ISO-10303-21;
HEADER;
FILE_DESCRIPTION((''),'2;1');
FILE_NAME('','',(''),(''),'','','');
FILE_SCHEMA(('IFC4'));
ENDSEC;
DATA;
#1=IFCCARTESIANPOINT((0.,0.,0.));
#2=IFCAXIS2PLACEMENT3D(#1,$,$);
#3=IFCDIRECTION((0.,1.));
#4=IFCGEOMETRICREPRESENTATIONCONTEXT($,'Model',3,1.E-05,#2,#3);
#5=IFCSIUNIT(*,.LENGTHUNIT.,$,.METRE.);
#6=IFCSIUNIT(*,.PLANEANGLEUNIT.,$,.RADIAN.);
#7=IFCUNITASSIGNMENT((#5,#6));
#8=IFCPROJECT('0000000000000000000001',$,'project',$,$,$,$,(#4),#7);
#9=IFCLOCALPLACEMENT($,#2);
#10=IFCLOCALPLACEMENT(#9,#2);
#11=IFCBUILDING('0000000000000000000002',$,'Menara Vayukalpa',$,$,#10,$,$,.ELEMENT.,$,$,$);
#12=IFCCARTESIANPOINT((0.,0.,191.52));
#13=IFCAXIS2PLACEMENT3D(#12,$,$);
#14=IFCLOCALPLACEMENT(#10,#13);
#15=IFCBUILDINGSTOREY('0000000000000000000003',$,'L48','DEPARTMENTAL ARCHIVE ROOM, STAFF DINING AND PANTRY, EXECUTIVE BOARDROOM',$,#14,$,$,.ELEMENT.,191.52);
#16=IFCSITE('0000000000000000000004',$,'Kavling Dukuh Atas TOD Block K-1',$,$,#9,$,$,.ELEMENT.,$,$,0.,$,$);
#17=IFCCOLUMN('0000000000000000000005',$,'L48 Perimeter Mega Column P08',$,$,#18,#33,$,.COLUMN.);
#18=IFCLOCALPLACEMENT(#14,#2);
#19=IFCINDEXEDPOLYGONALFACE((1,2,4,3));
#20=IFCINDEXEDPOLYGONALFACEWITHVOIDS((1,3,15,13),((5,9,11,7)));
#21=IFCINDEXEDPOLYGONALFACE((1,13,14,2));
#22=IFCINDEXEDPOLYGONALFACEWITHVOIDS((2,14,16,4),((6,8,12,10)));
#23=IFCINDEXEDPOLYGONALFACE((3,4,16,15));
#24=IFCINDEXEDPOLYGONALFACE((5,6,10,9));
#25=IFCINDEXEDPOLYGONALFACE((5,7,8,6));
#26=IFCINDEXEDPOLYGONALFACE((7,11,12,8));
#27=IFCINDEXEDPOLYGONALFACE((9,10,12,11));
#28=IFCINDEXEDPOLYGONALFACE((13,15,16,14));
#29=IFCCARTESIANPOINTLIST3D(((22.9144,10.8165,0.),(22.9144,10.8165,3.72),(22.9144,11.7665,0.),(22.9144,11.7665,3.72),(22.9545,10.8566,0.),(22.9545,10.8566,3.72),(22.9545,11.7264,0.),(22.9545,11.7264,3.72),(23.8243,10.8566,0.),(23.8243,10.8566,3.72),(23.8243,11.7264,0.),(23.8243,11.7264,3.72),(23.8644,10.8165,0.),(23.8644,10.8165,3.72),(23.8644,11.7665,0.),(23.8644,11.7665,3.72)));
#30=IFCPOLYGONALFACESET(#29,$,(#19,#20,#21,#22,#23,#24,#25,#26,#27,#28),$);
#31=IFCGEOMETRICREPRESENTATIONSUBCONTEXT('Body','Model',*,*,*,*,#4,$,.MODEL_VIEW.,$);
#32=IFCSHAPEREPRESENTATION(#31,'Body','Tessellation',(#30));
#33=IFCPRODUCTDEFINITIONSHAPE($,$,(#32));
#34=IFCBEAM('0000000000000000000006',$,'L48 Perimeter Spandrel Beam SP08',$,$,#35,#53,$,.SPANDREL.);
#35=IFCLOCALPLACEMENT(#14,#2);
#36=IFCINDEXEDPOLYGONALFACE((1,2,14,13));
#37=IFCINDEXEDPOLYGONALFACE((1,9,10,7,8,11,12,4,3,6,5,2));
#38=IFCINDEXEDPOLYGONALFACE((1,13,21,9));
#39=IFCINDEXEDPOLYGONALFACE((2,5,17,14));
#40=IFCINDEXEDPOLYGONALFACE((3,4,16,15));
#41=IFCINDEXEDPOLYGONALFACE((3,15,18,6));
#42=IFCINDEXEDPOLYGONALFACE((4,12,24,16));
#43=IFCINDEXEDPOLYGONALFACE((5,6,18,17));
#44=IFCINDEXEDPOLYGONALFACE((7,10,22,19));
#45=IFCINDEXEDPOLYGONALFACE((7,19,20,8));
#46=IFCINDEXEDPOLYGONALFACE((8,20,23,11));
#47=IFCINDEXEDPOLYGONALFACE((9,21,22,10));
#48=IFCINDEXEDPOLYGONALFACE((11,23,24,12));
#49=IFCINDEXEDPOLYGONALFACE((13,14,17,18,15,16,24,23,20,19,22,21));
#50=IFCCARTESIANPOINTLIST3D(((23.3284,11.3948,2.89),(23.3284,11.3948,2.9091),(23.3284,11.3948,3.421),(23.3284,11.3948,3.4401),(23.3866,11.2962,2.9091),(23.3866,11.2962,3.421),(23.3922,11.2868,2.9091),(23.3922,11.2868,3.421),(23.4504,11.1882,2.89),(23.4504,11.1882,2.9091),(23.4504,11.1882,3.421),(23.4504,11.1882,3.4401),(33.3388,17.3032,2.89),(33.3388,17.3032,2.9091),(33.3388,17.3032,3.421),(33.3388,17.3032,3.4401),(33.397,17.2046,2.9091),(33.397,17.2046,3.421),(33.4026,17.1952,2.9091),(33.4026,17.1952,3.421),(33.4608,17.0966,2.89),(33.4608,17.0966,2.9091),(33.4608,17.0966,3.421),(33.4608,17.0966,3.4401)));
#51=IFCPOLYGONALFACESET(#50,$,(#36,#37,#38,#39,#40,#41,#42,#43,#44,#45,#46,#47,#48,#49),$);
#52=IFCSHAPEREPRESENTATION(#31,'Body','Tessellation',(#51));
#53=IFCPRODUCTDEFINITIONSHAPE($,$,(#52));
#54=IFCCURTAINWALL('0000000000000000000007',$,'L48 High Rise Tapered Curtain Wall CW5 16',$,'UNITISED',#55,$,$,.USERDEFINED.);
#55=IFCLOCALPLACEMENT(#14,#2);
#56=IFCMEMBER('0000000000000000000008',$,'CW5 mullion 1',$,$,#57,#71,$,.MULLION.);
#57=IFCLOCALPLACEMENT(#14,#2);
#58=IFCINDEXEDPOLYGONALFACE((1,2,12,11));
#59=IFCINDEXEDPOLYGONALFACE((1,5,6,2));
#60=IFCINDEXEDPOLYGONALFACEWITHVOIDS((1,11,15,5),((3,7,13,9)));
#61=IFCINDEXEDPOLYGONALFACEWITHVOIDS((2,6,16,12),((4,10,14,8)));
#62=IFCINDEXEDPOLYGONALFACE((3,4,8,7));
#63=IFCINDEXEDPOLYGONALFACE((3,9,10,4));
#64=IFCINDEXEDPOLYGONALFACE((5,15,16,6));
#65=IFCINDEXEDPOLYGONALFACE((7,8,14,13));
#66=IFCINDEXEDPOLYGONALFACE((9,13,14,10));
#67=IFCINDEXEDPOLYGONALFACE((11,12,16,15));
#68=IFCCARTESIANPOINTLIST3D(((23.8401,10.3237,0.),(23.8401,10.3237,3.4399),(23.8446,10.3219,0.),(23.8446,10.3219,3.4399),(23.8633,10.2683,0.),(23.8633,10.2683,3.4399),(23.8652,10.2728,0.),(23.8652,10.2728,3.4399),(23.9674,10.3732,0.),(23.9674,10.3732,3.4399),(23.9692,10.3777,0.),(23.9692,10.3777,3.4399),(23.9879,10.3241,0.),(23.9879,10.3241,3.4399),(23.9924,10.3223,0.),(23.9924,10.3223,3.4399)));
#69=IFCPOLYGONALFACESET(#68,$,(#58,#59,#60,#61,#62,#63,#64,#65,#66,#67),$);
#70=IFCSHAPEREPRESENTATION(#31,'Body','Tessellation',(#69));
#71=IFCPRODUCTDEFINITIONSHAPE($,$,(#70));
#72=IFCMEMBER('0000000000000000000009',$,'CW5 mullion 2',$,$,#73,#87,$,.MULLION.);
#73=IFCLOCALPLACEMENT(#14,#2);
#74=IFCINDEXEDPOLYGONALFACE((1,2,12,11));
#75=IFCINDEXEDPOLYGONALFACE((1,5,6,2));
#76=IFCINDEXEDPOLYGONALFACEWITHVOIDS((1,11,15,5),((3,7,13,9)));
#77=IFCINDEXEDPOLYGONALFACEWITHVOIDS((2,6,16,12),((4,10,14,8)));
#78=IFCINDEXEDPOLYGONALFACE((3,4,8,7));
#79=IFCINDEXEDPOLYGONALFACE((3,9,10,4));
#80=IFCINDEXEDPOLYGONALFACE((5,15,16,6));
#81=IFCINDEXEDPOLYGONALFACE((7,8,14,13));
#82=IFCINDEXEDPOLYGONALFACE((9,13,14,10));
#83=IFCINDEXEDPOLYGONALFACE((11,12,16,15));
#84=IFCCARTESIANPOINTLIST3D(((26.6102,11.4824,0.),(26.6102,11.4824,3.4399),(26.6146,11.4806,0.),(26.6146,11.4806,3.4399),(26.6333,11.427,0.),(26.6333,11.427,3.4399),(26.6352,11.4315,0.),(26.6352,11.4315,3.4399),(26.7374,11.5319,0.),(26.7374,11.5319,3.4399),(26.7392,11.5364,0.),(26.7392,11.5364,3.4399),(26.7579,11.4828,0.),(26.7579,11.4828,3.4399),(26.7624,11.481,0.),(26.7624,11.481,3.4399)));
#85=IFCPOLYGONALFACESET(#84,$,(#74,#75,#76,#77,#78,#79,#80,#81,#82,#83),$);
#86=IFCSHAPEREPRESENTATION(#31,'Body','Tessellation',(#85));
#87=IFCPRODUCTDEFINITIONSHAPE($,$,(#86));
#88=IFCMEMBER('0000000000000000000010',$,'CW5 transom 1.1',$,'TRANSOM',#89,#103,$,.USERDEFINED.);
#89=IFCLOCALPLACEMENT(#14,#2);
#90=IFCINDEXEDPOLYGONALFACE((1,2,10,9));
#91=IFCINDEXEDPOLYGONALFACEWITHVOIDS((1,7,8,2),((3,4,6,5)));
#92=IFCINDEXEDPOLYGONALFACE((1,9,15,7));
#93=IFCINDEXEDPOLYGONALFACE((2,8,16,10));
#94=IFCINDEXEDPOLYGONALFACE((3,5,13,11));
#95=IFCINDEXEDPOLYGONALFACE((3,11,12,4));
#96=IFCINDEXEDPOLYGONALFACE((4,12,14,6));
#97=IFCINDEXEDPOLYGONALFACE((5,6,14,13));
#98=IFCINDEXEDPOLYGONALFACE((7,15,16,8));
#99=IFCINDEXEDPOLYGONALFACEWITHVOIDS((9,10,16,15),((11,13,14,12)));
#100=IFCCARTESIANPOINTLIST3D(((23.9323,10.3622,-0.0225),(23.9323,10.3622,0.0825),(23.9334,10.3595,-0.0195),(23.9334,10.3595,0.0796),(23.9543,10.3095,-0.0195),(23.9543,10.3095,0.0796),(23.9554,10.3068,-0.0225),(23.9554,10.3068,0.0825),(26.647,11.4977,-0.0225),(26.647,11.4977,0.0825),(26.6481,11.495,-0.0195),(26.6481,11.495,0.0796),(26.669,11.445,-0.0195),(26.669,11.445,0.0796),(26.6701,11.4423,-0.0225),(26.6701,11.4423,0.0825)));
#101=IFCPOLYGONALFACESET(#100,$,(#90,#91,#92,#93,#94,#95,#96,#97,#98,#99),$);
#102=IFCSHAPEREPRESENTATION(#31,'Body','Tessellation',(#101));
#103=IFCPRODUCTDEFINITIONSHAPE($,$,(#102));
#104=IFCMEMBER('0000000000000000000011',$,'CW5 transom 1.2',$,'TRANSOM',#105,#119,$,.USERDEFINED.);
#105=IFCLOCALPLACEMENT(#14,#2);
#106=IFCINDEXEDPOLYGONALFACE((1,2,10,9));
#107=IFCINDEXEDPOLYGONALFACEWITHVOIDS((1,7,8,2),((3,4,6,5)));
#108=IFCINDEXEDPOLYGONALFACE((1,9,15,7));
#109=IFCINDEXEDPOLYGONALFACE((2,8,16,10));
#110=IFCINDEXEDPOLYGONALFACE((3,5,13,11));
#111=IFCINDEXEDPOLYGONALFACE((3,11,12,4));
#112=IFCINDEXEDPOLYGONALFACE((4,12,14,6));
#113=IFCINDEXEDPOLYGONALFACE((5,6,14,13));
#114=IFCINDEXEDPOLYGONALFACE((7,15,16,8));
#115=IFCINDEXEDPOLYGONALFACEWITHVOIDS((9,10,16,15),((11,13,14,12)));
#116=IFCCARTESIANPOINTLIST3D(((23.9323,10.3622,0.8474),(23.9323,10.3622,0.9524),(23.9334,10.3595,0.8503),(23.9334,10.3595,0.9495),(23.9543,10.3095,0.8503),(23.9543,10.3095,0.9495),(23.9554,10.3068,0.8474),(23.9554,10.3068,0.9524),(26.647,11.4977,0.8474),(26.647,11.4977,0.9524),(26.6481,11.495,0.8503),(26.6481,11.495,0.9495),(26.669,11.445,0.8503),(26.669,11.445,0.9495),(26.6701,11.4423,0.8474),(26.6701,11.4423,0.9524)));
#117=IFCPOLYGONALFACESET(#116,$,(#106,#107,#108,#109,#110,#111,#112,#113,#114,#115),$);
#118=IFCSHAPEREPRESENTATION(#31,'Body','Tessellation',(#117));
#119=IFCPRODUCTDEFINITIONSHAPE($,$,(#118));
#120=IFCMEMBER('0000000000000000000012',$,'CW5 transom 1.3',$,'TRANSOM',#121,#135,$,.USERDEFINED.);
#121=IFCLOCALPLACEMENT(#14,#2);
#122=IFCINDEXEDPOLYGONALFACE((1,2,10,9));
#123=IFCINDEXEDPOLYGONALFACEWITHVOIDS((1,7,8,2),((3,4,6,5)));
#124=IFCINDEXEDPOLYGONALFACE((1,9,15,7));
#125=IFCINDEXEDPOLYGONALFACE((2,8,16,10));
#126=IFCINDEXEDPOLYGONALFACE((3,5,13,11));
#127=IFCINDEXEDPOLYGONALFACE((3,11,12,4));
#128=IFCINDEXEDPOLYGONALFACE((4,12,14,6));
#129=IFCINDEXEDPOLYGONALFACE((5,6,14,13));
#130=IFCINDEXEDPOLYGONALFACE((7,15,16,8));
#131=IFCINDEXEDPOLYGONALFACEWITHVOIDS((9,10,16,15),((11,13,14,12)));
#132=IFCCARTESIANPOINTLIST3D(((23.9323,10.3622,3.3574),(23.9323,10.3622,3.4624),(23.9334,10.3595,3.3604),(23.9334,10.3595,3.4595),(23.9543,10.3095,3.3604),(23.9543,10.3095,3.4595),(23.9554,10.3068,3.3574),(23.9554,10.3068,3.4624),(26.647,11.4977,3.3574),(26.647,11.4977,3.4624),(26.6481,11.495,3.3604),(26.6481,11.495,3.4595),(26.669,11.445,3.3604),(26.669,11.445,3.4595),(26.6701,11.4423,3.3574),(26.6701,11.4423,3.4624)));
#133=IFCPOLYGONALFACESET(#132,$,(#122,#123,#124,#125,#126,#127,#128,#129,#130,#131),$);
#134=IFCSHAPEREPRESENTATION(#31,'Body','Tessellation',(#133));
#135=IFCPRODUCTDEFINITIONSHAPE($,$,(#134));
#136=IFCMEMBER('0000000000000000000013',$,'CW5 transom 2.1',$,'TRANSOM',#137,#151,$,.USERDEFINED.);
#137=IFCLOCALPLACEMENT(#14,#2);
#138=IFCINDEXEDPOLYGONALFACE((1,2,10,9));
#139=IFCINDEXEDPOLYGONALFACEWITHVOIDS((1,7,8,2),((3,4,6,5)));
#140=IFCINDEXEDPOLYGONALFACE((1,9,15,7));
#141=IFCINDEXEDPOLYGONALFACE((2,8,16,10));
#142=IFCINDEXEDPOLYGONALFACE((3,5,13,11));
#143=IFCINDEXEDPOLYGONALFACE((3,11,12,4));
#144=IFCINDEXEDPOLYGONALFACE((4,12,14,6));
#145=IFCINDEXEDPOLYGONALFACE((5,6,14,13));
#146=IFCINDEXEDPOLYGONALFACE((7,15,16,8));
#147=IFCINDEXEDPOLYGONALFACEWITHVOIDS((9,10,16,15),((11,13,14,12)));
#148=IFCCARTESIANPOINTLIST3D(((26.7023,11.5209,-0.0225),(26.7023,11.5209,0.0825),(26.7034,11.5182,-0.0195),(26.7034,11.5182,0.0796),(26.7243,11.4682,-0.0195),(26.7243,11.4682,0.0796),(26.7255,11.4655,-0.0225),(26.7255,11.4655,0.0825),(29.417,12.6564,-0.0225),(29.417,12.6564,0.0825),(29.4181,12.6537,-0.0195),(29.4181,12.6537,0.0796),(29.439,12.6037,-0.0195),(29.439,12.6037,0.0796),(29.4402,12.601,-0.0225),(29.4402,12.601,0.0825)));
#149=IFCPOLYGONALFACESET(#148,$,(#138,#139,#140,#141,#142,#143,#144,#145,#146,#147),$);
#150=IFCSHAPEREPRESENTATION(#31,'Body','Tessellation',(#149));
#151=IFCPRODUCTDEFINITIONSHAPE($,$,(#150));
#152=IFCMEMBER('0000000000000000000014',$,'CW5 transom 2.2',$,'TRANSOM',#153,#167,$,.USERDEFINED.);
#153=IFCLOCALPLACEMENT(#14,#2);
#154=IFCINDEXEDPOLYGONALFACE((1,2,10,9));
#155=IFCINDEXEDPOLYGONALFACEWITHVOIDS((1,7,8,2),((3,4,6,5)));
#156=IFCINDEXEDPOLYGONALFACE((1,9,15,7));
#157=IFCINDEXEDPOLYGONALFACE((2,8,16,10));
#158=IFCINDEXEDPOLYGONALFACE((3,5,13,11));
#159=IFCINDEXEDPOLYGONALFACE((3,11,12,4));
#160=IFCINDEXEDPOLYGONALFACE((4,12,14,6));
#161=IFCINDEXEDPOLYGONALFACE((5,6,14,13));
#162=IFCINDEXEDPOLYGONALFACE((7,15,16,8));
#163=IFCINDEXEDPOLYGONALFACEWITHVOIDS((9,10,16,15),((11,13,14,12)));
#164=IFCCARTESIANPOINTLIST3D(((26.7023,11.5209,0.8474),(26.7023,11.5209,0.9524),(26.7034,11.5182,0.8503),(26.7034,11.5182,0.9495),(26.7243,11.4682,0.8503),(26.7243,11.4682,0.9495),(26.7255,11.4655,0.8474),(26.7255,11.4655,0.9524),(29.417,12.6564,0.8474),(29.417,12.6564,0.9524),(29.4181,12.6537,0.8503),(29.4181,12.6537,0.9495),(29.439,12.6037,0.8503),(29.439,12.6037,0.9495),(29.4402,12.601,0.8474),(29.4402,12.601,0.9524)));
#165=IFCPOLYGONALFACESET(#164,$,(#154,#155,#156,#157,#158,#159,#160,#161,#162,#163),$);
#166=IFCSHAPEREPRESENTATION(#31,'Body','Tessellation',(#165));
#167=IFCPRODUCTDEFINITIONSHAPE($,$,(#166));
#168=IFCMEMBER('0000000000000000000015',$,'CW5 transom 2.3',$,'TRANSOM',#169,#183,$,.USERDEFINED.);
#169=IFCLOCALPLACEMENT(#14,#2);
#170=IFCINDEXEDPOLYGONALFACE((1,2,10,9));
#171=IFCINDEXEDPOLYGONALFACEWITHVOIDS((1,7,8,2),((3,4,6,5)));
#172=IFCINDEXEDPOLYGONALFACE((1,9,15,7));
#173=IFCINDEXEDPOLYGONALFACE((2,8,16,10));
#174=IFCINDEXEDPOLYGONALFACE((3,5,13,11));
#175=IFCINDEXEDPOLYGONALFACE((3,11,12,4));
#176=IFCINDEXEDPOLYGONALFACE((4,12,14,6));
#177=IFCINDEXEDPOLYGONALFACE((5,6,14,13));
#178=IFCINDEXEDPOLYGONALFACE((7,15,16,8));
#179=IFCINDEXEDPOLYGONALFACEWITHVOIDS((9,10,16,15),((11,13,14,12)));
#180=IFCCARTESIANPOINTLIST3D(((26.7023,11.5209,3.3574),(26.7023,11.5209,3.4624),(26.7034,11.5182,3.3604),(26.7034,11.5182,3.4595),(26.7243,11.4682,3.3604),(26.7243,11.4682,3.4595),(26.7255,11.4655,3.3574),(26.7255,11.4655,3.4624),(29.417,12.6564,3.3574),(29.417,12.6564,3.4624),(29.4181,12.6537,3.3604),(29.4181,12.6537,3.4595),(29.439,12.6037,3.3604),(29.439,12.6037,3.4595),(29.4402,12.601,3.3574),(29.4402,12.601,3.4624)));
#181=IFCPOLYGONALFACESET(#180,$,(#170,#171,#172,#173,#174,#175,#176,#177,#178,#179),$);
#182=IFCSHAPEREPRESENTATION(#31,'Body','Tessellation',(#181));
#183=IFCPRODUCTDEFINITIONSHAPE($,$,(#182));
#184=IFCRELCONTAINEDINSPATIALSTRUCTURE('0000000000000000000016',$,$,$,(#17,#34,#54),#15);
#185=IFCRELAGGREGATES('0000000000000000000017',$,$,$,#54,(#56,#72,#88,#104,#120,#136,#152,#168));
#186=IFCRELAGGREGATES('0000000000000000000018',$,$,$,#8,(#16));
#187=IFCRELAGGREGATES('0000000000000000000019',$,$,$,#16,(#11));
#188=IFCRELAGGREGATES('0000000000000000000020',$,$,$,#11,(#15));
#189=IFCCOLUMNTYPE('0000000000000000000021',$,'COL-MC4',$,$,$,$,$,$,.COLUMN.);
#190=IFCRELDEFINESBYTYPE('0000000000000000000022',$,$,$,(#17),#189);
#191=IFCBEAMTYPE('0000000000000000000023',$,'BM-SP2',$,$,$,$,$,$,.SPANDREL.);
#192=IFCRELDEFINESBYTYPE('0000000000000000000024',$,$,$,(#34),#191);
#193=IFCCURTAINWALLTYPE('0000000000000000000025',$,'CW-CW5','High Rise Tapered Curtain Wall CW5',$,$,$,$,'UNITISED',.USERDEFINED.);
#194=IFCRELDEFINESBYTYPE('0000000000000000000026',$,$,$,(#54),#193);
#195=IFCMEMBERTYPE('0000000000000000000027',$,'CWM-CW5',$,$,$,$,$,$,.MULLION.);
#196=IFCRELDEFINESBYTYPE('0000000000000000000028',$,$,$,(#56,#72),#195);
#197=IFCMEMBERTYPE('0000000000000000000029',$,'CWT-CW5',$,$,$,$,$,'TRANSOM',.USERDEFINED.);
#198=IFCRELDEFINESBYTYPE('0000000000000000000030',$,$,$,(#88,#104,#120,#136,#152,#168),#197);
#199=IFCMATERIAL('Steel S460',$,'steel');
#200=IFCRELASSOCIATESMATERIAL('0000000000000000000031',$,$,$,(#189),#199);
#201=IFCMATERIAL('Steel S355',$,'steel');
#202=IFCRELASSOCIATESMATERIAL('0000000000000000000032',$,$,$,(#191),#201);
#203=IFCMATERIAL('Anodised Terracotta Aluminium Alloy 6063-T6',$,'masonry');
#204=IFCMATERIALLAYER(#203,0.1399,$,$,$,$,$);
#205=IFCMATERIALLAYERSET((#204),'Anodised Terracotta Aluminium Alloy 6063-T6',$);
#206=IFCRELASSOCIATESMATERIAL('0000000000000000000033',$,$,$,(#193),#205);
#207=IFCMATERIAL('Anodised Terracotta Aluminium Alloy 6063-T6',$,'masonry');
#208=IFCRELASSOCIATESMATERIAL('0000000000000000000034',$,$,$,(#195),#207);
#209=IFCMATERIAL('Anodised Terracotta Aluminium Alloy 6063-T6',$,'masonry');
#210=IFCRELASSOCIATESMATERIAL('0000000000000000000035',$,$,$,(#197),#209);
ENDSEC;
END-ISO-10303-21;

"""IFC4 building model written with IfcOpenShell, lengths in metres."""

from ifc_helpers import new_model, si_unit, direction, frame, origin, origin_2d, place, context, subcontext, project, spatial, hollow_rectangle, i_section, extrude, material, layer, layer_set, material_profile, profile_set, type_object, element, aggregate, save


model = new_model("IFC4")

# Units and contexts
model_context = context("Model", 3, precision=1e-05, world=origin(), true_north=direction((0.0, 1.0)))
body_context = subcontext(model_context, "Body", "Model", "MODEL_VIEW")
ifc_project = project(units=[si_unit("LENGTHUNIT", "METRE"), si_unit("PLANEANGLEUNIT", "RADIAN")], contexts=[model_context])

# Site, building, storey
site_placement = place(None, origin())
site = spatial("IfcSite", under=ifc_project, at=site_placement, Name="Kavling Dukuh Atas TOD Block K-1", CompositionType="ELEMENT", RefElevation=0.0)
building_placement = place(site_placement, origin())
building = spatial("IfcBuilding", under=site, at=building_placement, Name="Menara Vayukalpa", CompositionType="ELEMENT")
storey_placement = place(building_placement, frame((0.0, 0.0, 191.52)))
storey = spatial("IfcBuildingStorey", under=building, at=storey_placement, Name="L48", Description="DEPARTMENTAL ARCHIVE ROOM, STAFF DINING AND PANTRY, EXECUTIVE BOARDROOM", CompositionType="ELEMENT", Elevation=191.52)

# Column
ifc_material_1 = material(Name="Steel S460", Category="steel")
ifc_material_profile_1 = material_profile(ifc_material_1, hollow_rectangle(XDim=0.95, YDim=0.95, WallThickness=0.04, at=origin_2d()), Name="BOX 950x950x40")
ifc_profile_set_1 = profile_set([ifc_material_profile_1], Name="Steel S460")
column_type = type_object("IfcColumnType", Name="COL-MC4", PredefinedType="COLUMN", material=ifc_profile_set_1)
column_placement = place(storey_placement, frame((23.3894, 11.2915, 0.0), z_axis=(0.0, 0.0, 1.0), x_axis=(1.0, 0.0, 0.0)))
element("IfcColumn", 1, at=column_placement, inside=storey, type_object=column_type, Name="L48 Perimeter Mega Column P08", PredefinedType="COLUMN", context=body_context, shape_type="SweptSolid", body=[
    extrude(hollow_rectangle(XDim=0.95, YDim=0.95, WallThickness=0.04, at=origin_2d()), origin(), (0.0, 0.0, 1.0), 3.72),
])

# Beam
ifc_material_2 = material(Name="Steel S355", Category="steel")
ifc_material_profile_2 = material_profile(ifc_material_2, i_section(OverallWidth=0.24, OverallDepth=0.55, WebThickness=0.011, FlangeThickness=0.019, at=origin_2d()), Name="WF 550x240x11x19")
ifc_profile_set_2 = profile_set([ifc_material_profile_2], Name="Steel S355")
beam_type = type_object("IfcBeamType", Name="BM-SP2", PredefinedType="SPANDREL", material=ifc_profile_set_2)
beam_placement = place(storey_placement, frame((23.3894, 11.2915, 3.165), z_axis=(0.861184, 0.508293, 0.0), x_axis=(-0.508293, 0.861184, 0.0)))
element("IfcBeam", 2, at=beam_placement, inside=storey, type_object=beam_type, Name="L48 Perimeter Spandrel Beam SP08", PredefinedType="SPANDREL", context=body_context, shape_type="SweptSolid", body=[
    extrude(i_section(OverallWidth=0.24, OverallDepth=0.55, WebThickness=0.011, FlangeThickness=0.019, at=origin_2d()), origin(), (0.0, 0.0, 1.0), 11.624),
])

# Curtain wall, members
ifc_material_3 = material(Name="Anodised Terracotta Aluminium Alloy 6063-T6", Category="masonry")
ifc_layer_1 = layer(ifc_material_3, 0.1399)
ifc_layer_set_1 = layer_set([ifc_layer_1], Name="Anodised Terracotta Aluminium Alloy 6063-T6")
curtain_wall_type = type_object("IfcCurtainWallType", Name="CW-CW5", Description="High Rise Tapered Curtain Wall CW5", ElementType="UNITISED", PredefinedType="USERDEFINED", material=ifc_layer_set_1)
curtain_wall_placement = place(storey_placement, origin())
curtain_wall = element("IfcCurtainWall", 3, at=curtain_wall_placement, inside=storey, type_object=curtain_wall_type, Name="L48 High Rise Tapered Curtain Wall CW5 16", ObjectType="UNITISED", PredefinedType="USERDEFINED")
ifc_material_4 = material(Name="Anodised Terracotta Aluminium Alloy 6063-T6", Category="masonry")
ifc_material_profile_3 = material_profile(ifc_material_4, hollow_rectangle(XDim=0.0601, YDim=0.1399, WallThickness=0.0034, at=origin_2d()), Name="ALU 60x140x3.5")
ifc_profile_set_3 = profile_set([ifc_material_profile_3], Name="Anodised Terracotta Aluminium Alloy 6063-T6")
member_type_1 = type_object("IfcMemberType", Name="CWM-CW5", PredefinedType="MULLION", material=ifc_profile_set_3)
member_1_placement = place(storey_placement, frame((23.9163, 10.323, 0.0), z_axis=(0.0, 0.0, 1.0), x_axis=(-0.385903, 0.922539, 0.0)))
member_1 = element("IfcMember", 4, at=member_1_placement, type_object=member_type_1, Name="CW5 mullion 1", PredefinedType="MULLION", context=body_context, shape_type="SweptSolid", body=[
    extrude(hollow_rectangle(XDim=0.0601, YDim=0.1399, WallThickness=0.0034, at=origin_2d()), origin(), (0.0, 0.0, 1.0), 3.4399),
])
member_2_placement = place(storey_placement, frame((26.6863, 11.4817, 0.0), z_axis=(0.0, 0.0, 1.0), x_axis=(-0.385903, 0.922539, 0.0)))
member_2 = element("IfcMember", 5, at=member_2_placement, type_object=member_type_1, Name="CW5 mullion 2", PredefinedType="MULLION", context=body_context, shape_type="SweptSolid", body=[
    extrude(hollow_rectangle(XDim=0.0601, YDim=0.1399, WallThickness=0.0034, at=origin_2d()), origin(), (0.0, 0.0, 1.0), 3.4399),
])
ifc_material_5 = material(Name="Anodised Terracotta Aluminium Alloy 6063-T6", Category="masonry")
ifc_material_profile_4 = material_profile(ifc_material_5, hollow_rectangle(XDim=0.0601, YDim=0.105, WallThickness=0.0029, at=origin_2d()), Name="ALU 60x105x3")
ifc_profile_set_4 = profile_set([ifc_material_profile_4], Name="Anodised Terracotta Aluminium Alloy 6063-T6")
member_type_2 = type_object("IfcMemberType", Name="CWT-CW5", ElementType="TRANSOM", PredefinedType="USERDEFINED", material=ifc_profile_set_4)
member_3_placement = place(storey_placement, frame((23.9438, 10.3345, 0.03), z_axis=(0.922543, 0.385893, 0.0), x_axis=(-0.385893, 0.922543, 0.0)))
member_3 = element("IfcMember", 6, at=member_3_placement, type_object=member_type_2, Name="CW5 transom 1.1", ObjectType="TRANSOM", PredefinedType="USERDEFINED", context=body_context, shape_type="SweptSolid", body=[
    extrude(hollow_rectangle(XDim=0.0601, YDim=0.105, WallThickness=0.0029, at=origin_2d()), origin(), (0.0, 0.0, 1.0), 2.9426),
])
member_4_placement = place(storey_placement, frame((23.9438, 10.3345, 0.8999), z_axis=(0.922543, 0.385893, 0.0), x_axis=(-0.385893, 0.922543, 0.0)))
member_4 = element("IfcMember", 7, at=member_4_placement, type_object=member_type_2, Name="CW5 transom 1.2", ObjectType="TRANSOM", PredefinedType="USERDEFINED", context=body_context, shape_type="SweptSolid", body=[
    extrude(hollow_rectangle(XDim=0.0601, YDim=0.105, WallThickness=0.0029, at=origin_2d()), origin(), (0.0, 0.0, 1.0), 2.9426),
])
member_5_placement = place(storey_placement, frame((23.9438, 10.3345, 3.4099), z_axis=(0.922543, 0.385893, 0.0), x_axis=(-0.385893, 0.922543, 0.0)))
member_5 = element("IfcMember", 8, at=member_5_placement, type_object=member_type_2, Name="CW5 transom 1.3", ObjectType="TRANSOM", PredefinedType="USERDEFINED", context=body_context, shape_type="SweptSolid", body=[
    extrude(hollow_rectangle(XDim=0.0601, YDim=0.105, WallThickness=0.0029, at=origin_2d()), origin(), (0.0, 0.0, 1.0), 2.9426),
])
member_6_placement = place(storey_placement, frame((26.7139, 11.4932, 0.03), z_axis=(0.922543, 0.385893, 0.0), x_axis=(-0.385893, 0.922543, 0.0)))
member_6 = element("IfcMember", 9, at=member_6_placement, type_object=member_type_2, Name="CW5 transom 2.1", ObjectType="TRANSOM", PredefinedType="USERDEFINED", context=body_context, shape_type="SweptSolid", body=[
    extrude(hollow_rectangle(XDim=0.0601, YDim=0.105, WallThickness=0.0029, at=origin_2d()), origin(), (0.0, 0.0, 1.0), 2.9426),
])
member_7_placement = place(storey_placement, frame((26.7139, 11.4932, 0.8999), z_axis=(0.922543, 0.385893, 0.0), x_axis=(-0.385893, 0.922543, 0.0)))
member_7 = element("IfcMember", 10, at=member_7_placement, type_object=member_type_2, Name="CW5 transom 2.2", ObjectType="TRANSOM", PredefinedType="USERDEFINED", context=body_context, shape_type="SweptSolid", body=[
    extrude(hollow_rectangle(XDim=0.0601, YDim=0.105, WallThickness=0.0029, at=origin_2d()), origin(), (0.0, 0.0, 1.0), 2.9426),
])
member_8_placement = place(storey_placement, frame((26.7139, 11.4932, 3.4099), z_axis=(0.922543, 0.385893, 0.0), x_axis=(-0.385893, 0.922543, 0.0)))
member_8 = element("IfcMember", 11, at=member_8_placement, type_object=member_type_2, Name="CW5 transom 2.3", ObjectType="TRANSOM", PredefinedType="USERDEFINED", context=body_context, shape_type="SweptSolid", body=[
    extrude(hollow_rectangle(XDim=0.0601, YDim=0.105, WallThickness=0.0029, at=origin_2d()), origin(), (0.0, 0.0, 1.0), 2.9426),
])
aggregate(curtain_wall, [member_1, member_2, member_3, member_4, member_5, member_6, member_7, member_8])

save(model, "model.ifc")
